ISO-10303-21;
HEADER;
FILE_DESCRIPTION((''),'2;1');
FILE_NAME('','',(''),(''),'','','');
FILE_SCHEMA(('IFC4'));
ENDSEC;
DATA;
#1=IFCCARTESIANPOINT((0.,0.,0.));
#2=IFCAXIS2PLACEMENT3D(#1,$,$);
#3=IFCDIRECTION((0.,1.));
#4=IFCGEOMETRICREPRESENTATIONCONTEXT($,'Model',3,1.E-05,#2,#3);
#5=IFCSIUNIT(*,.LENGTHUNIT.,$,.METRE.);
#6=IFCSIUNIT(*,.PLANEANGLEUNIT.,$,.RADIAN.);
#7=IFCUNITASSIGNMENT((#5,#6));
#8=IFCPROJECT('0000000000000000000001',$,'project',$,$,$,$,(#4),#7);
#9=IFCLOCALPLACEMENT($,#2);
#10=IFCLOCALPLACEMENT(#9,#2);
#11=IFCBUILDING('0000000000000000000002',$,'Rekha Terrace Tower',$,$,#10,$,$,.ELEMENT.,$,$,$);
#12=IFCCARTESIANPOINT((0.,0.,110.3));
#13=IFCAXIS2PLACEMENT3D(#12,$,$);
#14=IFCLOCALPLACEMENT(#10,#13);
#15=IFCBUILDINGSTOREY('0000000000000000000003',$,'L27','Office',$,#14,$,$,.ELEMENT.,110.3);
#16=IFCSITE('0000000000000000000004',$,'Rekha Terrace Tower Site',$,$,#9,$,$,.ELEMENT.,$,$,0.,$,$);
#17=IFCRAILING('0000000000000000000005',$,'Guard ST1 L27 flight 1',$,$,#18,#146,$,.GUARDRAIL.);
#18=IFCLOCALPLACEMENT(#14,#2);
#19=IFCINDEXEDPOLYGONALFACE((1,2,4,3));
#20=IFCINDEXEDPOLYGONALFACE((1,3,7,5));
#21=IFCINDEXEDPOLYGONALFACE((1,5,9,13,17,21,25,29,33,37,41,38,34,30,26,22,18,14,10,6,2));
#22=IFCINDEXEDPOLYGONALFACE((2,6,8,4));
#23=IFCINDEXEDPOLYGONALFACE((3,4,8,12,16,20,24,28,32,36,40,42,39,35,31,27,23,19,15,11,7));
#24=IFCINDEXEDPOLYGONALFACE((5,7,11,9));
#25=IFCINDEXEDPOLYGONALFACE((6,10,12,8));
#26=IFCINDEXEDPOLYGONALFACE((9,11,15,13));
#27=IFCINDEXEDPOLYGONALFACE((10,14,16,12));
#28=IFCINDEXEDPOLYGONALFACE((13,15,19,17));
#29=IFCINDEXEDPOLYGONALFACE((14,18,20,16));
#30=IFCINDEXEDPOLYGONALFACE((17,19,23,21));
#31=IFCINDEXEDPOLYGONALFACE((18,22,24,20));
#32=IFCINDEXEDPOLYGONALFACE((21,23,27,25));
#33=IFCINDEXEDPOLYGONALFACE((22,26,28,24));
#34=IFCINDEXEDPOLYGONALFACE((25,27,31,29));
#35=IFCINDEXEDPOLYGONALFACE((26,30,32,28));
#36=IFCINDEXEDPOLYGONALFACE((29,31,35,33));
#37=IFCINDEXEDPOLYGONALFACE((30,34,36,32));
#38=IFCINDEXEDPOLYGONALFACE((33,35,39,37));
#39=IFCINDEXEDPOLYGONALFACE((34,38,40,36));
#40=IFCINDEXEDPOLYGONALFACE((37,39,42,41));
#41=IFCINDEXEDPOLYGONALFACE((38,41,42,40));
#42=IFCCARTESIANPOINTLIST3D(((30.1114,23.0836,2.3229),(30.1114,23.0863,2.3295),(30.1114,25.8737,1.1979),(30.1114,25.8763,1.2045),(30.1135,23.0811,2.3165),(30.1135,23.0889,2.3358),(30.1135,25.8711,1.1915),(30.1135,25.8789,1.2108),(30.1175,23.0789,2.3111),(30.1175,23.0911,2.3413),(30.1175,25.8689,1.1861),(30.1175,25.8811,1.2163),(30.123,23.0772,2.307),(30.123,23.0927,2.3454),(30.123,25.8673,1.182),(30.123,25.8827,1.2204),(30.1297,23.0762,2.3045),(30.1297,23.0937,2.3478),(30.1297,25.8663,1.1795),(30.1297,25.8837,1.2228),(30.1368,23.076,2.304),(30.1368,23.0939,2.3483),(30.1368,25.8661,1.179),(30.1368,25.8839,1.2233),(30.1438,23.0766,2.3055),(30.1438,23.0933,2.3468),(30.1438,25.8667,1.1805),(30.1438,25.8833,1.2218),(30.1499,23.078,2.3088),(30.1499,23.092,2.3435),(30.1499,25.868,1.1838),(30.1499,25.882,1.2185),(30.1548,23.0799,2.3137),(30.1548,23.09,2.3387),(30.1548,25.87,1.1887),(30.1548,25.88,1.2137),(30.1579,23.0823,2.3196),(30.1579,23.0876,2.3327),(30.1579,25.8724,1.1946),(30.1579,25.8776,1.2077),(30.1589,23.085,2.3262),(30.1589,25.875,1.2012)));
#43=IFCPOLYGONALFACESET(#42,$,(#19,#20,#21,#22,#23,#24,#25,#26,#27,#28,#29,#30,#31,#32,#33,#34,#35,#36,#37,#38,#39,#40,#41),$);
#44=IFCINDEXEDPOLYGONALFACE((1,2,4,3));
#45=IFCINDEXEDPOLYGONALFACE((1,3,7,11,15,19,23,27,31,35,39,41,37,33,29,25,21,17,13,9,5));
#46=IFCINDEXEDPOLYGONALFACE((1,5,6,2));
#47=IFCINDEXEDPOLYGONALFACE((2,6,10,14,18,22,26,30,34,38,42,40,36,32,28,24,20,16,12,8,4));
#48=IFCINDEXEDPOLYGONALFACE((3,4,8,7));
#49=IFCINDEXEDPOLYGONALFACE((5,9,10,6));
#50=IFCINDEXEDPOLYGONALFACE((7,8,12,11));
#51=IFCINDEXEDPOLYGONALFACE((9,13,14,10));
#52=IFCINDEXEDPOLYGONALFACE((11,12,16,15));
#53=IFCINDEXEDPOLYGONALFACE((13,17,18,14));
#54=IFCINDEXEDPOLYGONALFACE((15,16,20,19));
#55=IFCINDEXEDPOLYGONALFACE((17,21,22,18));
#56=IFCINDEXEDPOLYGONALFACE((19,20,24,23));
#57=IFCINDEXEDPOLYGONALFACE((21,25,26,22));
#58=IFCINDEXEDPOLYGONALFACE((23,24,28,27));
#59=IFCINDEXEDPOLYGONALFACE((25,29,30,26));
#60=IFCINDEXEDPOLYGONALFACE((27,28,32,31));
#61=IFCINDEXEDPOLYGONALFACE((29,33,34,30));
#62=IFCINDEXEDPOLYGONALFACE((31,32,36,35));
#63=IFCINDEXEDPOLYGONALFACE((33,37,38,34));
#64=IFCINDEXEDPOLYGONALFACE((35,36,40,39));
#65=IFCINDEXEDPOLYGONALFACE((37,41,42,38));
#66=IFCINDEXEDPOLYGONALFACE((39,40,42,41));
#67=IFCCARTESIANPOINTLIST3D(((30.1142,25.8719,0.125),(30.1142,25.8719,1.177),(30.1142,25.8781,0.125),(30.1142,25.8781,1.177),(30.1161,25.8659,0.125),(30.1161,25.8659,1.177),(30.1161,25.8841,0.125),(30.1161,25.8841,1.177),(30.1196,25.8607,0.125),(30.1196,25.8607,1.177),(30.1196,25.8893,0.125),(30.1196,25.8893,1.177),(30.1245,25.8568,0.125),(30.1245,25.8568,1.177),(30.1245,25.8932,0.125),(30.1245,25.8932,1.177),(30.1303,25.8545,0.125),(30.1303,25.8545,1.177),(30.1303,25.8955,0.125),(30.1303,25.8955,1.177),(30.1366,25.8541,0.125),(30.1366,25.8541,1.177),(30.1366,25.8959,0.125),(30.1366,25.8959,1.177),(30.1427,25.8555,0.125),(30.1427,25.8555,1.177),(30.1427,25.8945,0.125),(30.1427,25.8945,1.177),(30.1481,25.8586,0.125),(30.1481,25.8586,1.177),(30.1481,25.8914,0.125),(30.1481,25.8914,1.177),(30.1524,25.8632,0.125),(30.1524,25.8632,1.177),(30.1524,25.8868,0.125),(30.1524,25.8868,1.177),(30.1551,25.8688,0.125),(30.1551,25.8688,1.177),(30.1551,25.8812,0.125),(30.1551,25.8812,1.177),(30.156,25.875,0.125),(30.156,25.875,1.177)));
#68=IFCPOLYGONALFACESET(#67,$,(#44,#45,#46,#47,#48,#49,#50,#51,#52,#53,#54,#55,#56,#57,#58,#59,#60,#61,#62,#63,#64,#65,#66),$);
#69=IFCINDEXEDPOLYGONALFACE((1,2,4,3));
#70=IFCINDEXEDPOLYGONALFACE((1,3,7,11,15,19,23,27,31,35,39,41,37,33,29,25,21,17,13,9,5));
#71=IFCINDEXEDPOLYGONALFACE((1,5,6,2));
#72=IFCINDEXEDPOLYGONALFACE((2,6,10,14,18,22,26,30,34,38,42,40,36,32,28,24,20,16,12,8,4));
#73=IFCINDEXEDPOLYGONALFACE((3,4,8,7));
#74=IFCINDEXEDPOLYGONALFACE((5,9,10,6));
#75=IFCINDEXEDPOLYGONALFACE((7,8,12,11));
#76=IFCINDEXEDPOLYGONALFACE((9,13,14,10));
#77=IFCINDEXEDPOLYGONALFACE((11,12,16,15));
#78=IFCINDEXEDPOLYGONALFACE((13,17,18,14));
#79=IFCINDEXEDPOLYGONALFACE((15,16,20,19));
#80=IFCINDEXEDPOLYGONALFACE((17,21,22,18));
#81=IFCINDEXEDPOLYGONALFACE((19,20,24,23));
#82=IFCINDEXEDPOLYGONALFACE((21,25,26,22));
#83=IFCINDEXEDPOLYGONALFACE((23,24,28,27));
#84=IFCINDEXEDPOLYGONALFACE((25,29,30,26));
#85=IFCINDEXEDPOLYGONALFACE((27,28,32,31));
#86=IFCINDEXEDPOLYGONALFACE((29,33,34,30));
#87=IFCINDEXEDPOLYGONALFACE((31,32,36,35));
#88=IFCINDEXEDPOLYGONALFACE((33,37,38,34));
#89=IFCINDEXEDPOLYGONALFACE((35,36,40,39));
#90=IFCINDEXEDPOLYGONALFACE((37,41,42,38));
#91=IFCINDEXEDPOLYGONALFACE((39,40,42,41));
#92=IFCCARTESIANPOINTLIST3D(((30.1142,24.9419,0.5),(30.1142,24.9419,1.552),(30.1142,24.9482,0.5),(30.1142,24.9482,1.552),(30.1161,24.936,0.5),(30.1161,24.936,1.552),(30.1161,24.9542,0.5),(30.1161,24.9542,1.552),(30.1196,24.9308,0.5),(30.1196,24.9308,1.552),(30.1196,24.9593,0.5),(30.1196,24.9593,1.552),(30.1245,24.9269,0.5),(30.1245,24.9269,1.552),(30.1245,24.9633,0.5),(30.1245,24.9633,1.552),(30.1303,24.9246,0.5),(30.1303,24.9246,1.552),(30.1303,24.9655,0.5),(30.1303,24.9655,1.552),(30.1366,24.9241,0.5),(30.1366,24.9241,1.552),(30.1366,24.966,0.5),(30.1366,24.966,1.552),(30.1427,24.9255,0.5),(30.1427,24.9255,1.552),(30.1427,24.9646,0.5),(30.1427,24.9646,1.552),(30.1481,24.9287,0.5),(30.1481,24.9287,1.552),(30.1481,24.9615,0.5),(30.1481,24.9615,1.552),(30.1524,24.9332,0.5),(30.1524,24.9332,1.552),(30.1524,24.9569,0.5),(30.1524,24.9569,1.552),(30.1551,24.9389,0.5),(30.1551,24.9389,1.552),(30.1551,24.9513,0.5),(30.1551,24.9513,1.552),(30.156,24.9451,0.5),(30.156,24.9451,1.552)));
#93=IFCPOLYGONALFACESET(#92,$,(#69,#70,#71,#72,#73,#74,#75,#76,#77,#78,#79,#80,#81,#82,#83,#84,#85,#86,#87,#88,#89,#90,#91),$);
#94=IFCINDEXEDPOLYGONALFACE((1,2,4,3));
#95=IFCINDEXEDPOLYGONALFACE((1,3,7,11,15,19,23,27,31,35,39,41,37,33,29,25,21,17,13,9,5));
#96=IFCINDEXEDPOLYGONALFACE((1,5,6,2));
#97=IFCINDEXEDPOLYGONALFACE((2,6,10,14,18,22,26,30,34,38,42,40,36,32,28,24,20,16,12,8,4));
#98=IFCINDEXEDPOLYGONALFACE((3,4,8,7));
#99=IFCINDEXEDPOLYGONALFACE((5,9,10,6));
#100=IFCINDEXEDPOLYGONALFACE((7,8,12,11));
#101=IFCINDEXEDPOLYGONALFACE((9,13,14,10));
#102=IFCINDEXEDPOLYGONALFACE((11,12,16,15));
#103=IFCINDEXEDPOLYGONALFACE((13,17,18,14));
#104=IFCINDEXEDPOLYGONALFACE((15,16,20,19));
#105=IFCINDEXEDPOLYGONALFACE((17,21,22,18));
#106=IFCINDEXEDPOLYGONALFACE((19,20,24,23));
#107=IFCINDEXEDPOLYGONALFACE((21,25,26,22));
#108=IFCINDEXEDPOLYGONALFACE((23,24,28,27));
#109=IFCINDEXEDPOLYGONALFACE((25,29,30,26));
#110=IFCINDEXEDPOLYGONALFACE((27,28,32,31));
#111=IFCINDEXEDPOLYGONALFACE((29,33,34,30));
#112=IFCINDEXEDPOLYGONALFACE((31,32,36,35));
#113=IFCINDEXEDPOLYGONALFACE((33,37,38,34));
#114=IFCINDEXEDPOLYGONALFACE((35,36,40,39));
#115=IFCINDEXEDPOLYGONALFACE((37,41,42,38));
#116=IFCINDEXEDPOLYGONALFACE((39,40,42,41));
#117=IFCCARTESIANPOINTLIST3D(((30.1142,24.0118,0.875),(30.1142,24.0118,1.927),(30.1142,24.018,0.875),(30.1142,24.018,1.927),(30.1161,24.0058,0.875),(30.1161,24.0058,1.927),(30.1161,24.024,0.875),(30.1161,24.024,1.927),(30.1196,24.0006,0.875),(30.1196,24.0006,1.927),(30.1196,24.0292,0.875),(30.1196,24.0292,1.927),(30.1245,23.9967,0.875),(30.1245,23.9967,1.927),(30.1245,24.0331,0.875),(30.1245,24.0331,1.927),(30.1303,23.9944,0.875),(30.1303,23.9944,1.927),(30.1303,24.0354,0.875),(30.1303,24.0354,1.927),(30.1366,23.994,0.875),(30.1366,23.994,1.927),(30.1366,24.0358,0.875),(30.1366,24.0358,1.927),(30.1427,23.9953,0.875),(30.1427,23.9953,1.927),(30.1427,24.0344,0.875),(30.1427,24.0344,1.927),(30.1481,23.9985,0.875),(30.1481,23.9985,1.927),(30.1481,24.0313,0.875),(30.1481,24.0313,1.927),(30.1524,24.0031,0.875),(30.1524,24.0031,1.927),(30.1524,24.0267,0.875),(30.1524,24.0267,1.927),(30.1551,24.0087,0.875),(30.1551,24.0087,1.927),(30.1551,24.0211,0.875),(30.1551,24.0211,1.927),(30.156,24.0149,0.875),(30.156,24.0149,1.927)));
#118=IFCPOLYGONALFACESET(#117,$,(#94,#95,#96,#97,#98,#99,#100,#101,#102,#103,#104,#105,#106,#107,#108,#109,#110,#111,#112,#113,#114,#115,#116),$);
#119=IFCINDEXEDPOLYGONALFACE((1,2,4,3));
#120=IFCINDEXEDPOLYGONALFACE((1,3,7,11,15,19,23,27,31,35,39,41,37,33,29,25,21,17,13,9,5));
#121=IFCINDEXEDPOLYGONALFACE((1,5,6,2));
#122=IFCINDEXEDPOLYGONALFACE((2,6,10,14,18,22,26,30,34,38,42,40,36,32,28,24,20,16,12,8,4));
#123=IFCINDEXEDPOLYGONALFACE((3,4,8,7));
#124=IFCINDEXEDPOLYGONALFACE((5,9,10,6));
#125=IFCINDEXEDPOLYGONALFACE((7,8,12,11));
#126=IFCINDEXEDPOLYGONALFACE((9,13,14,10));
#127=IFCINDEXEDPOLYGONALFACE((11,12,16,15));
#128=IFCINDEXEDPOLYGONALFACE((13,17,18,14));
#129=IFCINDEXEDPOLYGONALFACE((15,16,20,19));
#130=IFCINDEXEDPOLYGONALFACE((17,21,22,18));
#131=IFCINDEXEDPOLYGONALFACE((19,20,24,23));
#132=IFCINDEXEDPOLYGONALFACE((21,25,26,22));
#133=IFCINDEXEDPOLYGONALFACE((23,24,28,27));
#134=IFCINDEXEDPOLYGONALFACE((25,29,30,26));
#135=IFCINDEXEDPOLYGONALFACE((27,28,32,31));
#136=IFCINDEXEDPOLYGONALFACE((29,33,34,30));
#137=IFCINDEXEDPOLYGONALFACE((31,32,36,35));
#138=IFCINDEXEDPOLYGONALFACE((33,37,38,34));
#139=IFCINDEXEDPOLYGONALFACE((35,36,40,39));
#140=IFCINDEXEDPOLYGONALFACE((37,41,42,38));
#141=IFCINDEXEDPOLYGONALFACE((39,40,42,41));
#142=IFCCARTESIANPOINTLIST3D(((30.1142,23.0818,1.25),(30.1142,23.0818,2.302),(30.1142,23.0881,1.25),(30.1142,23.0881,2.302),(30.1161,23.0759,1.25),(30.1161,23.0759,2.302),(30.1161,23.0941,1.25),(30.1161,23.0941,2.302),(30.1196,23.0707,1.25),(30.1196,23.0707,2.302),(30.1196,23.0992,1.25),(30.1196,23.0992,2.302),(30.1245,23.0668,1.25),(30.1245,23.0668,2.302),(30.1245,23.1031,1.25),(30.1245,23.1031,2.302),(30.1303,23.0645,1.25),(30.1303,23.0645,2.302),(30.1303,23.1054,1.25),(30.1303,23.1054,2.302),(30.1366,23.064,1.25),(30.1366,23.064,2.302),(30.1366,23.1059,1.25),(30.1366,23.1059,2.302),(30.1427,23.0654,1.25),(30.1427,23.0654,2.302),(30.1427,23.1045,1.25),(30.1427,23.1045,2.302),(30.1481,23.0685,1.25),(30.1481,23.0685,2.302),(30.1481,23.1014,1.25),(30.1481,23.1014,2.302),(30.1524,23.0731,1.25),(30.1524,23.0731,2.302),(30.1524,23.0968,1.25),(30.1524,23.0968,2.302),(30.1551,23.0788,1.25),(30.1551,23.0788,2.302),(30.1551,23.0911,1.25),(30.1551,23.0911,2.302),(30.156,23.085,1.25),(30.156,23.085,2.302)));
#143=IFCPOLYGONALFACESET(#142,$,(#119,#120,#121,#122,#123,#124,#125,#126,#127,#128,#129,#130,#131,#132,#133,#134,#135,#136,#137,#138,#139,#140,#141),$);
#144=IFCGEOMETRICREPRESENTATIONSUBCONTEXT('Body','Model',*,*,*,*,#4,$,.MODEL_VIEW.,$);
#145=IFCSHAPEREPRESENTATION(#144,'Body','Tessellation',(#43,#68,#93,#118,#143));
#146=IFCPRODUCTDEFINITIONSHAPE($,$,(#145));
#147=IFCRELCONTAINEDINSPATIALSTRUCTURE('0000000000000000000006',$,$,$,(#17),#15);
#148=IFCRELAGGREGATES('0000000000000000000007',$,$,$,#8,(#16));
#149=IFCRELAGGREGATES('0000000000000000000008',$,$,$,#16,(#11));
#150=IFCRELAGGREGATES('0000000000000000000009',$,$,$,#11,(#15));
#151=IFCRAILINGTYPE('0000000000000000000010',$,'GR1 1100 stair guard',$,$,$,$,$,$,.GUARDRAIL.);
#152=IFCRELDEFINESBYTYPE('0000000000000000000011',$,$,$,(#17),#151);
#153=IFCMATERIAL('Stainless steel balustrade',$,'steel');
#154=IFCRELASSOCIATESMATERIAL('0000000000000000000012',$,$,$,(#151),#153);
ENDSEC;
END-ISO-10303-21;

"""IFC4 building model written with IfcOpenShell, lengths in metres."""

from ifc_helpers import new_model, si_unit, direction, frame, origin, origin_2d, place, context, subcontext, project, spatial, circle, extrude, material, type_object, element, save


model = new_model("IFC4")

# Units and contexts
model_context = context("Model", 3, precision=1e-05, world=origin(), true_north=direction((0.0, 1.0)))
body_context = subcontext(model_context, "Body", "Model", "MODEL_VIEW")
ifc_project = project(units=[si_unit("LENGTHUNIT", "METRE"), si_unit("PLANEANGLEUNIT", "RADIAN")], contexts=[model_context])

# Site, building, storey
site_placement = place(None, origin())
site = spatial("IfcSite", under=ifc_project, at=site_placement, Name="Rekha Terrace Tower Site", CompositionType="ELEMENT", RefElevation=0.0)
building_placement = place(site_placement, origin())
building = spatial("IfcBuilding", under=site, at=building_placement, Name="Rekha Terrace Tower", CompositionType="ELEMENT")
storey_placement = place(building_placement, frame((0.0, 0.0, 110.3)))
storey = spatial("IfcBuildingStorey", under=building, at=storey_placement, Name="L27", Description="Office", CompositionType="ELEMENT", Elevation=110.3)

# Railing
ifc_material_1 = material(Name="Stainless steel balustrade", Category="steel")
railing_type_1 = type_object("IfcRailingType", Name="GR1 1100 stair guard", PredefinedType="GUARDRAIL", material=ifc_material_1)
railing_1_placement = place(storey_placement, frame((30.135, 25.875, 0.125)))
element("IfcRailing", 1, at=railing_1_placement, inside=storey, type_object=railing_type_1, Name="Guard ST1 L27 flight 1", PredefinedType="GUARDRAIL", context=body_context, shape_type="SweptSolid", body=[
    extrude(circle(Radius=0.0239, at=origin_2d()), frame((0.0, 0.0, 1.0762), z_axis=(0.0, -0.927443, 0.373964), x_axis=(1.0, 0.0, 0.0)), (0.0, 0.0, 1.0), 3.0083),
    extrude(circle(Radius=0.021, at=origin_2d()), origin(), (0.0, 0.0, 1.0), 1.052),
    extrude(circle(Radius=0.021, at=origin_2d()), frame((0.0, -0.9299, 0.375)), (0.0, 0.0, 1.0), 1.052),
    extrude(circle(Radius=0.021, at=origin_2d()), frame((0.0, -1.8601, 0.75)), (0.0, 0.0, 1.0), 1.052),
    extrude(circle(Radius=0.021, at=origin_2d()), frame((0.0, -2.79, 1.125)), (0.0, 0.0, 1.0), 1.052),
])

save(model, "model.ifc")
